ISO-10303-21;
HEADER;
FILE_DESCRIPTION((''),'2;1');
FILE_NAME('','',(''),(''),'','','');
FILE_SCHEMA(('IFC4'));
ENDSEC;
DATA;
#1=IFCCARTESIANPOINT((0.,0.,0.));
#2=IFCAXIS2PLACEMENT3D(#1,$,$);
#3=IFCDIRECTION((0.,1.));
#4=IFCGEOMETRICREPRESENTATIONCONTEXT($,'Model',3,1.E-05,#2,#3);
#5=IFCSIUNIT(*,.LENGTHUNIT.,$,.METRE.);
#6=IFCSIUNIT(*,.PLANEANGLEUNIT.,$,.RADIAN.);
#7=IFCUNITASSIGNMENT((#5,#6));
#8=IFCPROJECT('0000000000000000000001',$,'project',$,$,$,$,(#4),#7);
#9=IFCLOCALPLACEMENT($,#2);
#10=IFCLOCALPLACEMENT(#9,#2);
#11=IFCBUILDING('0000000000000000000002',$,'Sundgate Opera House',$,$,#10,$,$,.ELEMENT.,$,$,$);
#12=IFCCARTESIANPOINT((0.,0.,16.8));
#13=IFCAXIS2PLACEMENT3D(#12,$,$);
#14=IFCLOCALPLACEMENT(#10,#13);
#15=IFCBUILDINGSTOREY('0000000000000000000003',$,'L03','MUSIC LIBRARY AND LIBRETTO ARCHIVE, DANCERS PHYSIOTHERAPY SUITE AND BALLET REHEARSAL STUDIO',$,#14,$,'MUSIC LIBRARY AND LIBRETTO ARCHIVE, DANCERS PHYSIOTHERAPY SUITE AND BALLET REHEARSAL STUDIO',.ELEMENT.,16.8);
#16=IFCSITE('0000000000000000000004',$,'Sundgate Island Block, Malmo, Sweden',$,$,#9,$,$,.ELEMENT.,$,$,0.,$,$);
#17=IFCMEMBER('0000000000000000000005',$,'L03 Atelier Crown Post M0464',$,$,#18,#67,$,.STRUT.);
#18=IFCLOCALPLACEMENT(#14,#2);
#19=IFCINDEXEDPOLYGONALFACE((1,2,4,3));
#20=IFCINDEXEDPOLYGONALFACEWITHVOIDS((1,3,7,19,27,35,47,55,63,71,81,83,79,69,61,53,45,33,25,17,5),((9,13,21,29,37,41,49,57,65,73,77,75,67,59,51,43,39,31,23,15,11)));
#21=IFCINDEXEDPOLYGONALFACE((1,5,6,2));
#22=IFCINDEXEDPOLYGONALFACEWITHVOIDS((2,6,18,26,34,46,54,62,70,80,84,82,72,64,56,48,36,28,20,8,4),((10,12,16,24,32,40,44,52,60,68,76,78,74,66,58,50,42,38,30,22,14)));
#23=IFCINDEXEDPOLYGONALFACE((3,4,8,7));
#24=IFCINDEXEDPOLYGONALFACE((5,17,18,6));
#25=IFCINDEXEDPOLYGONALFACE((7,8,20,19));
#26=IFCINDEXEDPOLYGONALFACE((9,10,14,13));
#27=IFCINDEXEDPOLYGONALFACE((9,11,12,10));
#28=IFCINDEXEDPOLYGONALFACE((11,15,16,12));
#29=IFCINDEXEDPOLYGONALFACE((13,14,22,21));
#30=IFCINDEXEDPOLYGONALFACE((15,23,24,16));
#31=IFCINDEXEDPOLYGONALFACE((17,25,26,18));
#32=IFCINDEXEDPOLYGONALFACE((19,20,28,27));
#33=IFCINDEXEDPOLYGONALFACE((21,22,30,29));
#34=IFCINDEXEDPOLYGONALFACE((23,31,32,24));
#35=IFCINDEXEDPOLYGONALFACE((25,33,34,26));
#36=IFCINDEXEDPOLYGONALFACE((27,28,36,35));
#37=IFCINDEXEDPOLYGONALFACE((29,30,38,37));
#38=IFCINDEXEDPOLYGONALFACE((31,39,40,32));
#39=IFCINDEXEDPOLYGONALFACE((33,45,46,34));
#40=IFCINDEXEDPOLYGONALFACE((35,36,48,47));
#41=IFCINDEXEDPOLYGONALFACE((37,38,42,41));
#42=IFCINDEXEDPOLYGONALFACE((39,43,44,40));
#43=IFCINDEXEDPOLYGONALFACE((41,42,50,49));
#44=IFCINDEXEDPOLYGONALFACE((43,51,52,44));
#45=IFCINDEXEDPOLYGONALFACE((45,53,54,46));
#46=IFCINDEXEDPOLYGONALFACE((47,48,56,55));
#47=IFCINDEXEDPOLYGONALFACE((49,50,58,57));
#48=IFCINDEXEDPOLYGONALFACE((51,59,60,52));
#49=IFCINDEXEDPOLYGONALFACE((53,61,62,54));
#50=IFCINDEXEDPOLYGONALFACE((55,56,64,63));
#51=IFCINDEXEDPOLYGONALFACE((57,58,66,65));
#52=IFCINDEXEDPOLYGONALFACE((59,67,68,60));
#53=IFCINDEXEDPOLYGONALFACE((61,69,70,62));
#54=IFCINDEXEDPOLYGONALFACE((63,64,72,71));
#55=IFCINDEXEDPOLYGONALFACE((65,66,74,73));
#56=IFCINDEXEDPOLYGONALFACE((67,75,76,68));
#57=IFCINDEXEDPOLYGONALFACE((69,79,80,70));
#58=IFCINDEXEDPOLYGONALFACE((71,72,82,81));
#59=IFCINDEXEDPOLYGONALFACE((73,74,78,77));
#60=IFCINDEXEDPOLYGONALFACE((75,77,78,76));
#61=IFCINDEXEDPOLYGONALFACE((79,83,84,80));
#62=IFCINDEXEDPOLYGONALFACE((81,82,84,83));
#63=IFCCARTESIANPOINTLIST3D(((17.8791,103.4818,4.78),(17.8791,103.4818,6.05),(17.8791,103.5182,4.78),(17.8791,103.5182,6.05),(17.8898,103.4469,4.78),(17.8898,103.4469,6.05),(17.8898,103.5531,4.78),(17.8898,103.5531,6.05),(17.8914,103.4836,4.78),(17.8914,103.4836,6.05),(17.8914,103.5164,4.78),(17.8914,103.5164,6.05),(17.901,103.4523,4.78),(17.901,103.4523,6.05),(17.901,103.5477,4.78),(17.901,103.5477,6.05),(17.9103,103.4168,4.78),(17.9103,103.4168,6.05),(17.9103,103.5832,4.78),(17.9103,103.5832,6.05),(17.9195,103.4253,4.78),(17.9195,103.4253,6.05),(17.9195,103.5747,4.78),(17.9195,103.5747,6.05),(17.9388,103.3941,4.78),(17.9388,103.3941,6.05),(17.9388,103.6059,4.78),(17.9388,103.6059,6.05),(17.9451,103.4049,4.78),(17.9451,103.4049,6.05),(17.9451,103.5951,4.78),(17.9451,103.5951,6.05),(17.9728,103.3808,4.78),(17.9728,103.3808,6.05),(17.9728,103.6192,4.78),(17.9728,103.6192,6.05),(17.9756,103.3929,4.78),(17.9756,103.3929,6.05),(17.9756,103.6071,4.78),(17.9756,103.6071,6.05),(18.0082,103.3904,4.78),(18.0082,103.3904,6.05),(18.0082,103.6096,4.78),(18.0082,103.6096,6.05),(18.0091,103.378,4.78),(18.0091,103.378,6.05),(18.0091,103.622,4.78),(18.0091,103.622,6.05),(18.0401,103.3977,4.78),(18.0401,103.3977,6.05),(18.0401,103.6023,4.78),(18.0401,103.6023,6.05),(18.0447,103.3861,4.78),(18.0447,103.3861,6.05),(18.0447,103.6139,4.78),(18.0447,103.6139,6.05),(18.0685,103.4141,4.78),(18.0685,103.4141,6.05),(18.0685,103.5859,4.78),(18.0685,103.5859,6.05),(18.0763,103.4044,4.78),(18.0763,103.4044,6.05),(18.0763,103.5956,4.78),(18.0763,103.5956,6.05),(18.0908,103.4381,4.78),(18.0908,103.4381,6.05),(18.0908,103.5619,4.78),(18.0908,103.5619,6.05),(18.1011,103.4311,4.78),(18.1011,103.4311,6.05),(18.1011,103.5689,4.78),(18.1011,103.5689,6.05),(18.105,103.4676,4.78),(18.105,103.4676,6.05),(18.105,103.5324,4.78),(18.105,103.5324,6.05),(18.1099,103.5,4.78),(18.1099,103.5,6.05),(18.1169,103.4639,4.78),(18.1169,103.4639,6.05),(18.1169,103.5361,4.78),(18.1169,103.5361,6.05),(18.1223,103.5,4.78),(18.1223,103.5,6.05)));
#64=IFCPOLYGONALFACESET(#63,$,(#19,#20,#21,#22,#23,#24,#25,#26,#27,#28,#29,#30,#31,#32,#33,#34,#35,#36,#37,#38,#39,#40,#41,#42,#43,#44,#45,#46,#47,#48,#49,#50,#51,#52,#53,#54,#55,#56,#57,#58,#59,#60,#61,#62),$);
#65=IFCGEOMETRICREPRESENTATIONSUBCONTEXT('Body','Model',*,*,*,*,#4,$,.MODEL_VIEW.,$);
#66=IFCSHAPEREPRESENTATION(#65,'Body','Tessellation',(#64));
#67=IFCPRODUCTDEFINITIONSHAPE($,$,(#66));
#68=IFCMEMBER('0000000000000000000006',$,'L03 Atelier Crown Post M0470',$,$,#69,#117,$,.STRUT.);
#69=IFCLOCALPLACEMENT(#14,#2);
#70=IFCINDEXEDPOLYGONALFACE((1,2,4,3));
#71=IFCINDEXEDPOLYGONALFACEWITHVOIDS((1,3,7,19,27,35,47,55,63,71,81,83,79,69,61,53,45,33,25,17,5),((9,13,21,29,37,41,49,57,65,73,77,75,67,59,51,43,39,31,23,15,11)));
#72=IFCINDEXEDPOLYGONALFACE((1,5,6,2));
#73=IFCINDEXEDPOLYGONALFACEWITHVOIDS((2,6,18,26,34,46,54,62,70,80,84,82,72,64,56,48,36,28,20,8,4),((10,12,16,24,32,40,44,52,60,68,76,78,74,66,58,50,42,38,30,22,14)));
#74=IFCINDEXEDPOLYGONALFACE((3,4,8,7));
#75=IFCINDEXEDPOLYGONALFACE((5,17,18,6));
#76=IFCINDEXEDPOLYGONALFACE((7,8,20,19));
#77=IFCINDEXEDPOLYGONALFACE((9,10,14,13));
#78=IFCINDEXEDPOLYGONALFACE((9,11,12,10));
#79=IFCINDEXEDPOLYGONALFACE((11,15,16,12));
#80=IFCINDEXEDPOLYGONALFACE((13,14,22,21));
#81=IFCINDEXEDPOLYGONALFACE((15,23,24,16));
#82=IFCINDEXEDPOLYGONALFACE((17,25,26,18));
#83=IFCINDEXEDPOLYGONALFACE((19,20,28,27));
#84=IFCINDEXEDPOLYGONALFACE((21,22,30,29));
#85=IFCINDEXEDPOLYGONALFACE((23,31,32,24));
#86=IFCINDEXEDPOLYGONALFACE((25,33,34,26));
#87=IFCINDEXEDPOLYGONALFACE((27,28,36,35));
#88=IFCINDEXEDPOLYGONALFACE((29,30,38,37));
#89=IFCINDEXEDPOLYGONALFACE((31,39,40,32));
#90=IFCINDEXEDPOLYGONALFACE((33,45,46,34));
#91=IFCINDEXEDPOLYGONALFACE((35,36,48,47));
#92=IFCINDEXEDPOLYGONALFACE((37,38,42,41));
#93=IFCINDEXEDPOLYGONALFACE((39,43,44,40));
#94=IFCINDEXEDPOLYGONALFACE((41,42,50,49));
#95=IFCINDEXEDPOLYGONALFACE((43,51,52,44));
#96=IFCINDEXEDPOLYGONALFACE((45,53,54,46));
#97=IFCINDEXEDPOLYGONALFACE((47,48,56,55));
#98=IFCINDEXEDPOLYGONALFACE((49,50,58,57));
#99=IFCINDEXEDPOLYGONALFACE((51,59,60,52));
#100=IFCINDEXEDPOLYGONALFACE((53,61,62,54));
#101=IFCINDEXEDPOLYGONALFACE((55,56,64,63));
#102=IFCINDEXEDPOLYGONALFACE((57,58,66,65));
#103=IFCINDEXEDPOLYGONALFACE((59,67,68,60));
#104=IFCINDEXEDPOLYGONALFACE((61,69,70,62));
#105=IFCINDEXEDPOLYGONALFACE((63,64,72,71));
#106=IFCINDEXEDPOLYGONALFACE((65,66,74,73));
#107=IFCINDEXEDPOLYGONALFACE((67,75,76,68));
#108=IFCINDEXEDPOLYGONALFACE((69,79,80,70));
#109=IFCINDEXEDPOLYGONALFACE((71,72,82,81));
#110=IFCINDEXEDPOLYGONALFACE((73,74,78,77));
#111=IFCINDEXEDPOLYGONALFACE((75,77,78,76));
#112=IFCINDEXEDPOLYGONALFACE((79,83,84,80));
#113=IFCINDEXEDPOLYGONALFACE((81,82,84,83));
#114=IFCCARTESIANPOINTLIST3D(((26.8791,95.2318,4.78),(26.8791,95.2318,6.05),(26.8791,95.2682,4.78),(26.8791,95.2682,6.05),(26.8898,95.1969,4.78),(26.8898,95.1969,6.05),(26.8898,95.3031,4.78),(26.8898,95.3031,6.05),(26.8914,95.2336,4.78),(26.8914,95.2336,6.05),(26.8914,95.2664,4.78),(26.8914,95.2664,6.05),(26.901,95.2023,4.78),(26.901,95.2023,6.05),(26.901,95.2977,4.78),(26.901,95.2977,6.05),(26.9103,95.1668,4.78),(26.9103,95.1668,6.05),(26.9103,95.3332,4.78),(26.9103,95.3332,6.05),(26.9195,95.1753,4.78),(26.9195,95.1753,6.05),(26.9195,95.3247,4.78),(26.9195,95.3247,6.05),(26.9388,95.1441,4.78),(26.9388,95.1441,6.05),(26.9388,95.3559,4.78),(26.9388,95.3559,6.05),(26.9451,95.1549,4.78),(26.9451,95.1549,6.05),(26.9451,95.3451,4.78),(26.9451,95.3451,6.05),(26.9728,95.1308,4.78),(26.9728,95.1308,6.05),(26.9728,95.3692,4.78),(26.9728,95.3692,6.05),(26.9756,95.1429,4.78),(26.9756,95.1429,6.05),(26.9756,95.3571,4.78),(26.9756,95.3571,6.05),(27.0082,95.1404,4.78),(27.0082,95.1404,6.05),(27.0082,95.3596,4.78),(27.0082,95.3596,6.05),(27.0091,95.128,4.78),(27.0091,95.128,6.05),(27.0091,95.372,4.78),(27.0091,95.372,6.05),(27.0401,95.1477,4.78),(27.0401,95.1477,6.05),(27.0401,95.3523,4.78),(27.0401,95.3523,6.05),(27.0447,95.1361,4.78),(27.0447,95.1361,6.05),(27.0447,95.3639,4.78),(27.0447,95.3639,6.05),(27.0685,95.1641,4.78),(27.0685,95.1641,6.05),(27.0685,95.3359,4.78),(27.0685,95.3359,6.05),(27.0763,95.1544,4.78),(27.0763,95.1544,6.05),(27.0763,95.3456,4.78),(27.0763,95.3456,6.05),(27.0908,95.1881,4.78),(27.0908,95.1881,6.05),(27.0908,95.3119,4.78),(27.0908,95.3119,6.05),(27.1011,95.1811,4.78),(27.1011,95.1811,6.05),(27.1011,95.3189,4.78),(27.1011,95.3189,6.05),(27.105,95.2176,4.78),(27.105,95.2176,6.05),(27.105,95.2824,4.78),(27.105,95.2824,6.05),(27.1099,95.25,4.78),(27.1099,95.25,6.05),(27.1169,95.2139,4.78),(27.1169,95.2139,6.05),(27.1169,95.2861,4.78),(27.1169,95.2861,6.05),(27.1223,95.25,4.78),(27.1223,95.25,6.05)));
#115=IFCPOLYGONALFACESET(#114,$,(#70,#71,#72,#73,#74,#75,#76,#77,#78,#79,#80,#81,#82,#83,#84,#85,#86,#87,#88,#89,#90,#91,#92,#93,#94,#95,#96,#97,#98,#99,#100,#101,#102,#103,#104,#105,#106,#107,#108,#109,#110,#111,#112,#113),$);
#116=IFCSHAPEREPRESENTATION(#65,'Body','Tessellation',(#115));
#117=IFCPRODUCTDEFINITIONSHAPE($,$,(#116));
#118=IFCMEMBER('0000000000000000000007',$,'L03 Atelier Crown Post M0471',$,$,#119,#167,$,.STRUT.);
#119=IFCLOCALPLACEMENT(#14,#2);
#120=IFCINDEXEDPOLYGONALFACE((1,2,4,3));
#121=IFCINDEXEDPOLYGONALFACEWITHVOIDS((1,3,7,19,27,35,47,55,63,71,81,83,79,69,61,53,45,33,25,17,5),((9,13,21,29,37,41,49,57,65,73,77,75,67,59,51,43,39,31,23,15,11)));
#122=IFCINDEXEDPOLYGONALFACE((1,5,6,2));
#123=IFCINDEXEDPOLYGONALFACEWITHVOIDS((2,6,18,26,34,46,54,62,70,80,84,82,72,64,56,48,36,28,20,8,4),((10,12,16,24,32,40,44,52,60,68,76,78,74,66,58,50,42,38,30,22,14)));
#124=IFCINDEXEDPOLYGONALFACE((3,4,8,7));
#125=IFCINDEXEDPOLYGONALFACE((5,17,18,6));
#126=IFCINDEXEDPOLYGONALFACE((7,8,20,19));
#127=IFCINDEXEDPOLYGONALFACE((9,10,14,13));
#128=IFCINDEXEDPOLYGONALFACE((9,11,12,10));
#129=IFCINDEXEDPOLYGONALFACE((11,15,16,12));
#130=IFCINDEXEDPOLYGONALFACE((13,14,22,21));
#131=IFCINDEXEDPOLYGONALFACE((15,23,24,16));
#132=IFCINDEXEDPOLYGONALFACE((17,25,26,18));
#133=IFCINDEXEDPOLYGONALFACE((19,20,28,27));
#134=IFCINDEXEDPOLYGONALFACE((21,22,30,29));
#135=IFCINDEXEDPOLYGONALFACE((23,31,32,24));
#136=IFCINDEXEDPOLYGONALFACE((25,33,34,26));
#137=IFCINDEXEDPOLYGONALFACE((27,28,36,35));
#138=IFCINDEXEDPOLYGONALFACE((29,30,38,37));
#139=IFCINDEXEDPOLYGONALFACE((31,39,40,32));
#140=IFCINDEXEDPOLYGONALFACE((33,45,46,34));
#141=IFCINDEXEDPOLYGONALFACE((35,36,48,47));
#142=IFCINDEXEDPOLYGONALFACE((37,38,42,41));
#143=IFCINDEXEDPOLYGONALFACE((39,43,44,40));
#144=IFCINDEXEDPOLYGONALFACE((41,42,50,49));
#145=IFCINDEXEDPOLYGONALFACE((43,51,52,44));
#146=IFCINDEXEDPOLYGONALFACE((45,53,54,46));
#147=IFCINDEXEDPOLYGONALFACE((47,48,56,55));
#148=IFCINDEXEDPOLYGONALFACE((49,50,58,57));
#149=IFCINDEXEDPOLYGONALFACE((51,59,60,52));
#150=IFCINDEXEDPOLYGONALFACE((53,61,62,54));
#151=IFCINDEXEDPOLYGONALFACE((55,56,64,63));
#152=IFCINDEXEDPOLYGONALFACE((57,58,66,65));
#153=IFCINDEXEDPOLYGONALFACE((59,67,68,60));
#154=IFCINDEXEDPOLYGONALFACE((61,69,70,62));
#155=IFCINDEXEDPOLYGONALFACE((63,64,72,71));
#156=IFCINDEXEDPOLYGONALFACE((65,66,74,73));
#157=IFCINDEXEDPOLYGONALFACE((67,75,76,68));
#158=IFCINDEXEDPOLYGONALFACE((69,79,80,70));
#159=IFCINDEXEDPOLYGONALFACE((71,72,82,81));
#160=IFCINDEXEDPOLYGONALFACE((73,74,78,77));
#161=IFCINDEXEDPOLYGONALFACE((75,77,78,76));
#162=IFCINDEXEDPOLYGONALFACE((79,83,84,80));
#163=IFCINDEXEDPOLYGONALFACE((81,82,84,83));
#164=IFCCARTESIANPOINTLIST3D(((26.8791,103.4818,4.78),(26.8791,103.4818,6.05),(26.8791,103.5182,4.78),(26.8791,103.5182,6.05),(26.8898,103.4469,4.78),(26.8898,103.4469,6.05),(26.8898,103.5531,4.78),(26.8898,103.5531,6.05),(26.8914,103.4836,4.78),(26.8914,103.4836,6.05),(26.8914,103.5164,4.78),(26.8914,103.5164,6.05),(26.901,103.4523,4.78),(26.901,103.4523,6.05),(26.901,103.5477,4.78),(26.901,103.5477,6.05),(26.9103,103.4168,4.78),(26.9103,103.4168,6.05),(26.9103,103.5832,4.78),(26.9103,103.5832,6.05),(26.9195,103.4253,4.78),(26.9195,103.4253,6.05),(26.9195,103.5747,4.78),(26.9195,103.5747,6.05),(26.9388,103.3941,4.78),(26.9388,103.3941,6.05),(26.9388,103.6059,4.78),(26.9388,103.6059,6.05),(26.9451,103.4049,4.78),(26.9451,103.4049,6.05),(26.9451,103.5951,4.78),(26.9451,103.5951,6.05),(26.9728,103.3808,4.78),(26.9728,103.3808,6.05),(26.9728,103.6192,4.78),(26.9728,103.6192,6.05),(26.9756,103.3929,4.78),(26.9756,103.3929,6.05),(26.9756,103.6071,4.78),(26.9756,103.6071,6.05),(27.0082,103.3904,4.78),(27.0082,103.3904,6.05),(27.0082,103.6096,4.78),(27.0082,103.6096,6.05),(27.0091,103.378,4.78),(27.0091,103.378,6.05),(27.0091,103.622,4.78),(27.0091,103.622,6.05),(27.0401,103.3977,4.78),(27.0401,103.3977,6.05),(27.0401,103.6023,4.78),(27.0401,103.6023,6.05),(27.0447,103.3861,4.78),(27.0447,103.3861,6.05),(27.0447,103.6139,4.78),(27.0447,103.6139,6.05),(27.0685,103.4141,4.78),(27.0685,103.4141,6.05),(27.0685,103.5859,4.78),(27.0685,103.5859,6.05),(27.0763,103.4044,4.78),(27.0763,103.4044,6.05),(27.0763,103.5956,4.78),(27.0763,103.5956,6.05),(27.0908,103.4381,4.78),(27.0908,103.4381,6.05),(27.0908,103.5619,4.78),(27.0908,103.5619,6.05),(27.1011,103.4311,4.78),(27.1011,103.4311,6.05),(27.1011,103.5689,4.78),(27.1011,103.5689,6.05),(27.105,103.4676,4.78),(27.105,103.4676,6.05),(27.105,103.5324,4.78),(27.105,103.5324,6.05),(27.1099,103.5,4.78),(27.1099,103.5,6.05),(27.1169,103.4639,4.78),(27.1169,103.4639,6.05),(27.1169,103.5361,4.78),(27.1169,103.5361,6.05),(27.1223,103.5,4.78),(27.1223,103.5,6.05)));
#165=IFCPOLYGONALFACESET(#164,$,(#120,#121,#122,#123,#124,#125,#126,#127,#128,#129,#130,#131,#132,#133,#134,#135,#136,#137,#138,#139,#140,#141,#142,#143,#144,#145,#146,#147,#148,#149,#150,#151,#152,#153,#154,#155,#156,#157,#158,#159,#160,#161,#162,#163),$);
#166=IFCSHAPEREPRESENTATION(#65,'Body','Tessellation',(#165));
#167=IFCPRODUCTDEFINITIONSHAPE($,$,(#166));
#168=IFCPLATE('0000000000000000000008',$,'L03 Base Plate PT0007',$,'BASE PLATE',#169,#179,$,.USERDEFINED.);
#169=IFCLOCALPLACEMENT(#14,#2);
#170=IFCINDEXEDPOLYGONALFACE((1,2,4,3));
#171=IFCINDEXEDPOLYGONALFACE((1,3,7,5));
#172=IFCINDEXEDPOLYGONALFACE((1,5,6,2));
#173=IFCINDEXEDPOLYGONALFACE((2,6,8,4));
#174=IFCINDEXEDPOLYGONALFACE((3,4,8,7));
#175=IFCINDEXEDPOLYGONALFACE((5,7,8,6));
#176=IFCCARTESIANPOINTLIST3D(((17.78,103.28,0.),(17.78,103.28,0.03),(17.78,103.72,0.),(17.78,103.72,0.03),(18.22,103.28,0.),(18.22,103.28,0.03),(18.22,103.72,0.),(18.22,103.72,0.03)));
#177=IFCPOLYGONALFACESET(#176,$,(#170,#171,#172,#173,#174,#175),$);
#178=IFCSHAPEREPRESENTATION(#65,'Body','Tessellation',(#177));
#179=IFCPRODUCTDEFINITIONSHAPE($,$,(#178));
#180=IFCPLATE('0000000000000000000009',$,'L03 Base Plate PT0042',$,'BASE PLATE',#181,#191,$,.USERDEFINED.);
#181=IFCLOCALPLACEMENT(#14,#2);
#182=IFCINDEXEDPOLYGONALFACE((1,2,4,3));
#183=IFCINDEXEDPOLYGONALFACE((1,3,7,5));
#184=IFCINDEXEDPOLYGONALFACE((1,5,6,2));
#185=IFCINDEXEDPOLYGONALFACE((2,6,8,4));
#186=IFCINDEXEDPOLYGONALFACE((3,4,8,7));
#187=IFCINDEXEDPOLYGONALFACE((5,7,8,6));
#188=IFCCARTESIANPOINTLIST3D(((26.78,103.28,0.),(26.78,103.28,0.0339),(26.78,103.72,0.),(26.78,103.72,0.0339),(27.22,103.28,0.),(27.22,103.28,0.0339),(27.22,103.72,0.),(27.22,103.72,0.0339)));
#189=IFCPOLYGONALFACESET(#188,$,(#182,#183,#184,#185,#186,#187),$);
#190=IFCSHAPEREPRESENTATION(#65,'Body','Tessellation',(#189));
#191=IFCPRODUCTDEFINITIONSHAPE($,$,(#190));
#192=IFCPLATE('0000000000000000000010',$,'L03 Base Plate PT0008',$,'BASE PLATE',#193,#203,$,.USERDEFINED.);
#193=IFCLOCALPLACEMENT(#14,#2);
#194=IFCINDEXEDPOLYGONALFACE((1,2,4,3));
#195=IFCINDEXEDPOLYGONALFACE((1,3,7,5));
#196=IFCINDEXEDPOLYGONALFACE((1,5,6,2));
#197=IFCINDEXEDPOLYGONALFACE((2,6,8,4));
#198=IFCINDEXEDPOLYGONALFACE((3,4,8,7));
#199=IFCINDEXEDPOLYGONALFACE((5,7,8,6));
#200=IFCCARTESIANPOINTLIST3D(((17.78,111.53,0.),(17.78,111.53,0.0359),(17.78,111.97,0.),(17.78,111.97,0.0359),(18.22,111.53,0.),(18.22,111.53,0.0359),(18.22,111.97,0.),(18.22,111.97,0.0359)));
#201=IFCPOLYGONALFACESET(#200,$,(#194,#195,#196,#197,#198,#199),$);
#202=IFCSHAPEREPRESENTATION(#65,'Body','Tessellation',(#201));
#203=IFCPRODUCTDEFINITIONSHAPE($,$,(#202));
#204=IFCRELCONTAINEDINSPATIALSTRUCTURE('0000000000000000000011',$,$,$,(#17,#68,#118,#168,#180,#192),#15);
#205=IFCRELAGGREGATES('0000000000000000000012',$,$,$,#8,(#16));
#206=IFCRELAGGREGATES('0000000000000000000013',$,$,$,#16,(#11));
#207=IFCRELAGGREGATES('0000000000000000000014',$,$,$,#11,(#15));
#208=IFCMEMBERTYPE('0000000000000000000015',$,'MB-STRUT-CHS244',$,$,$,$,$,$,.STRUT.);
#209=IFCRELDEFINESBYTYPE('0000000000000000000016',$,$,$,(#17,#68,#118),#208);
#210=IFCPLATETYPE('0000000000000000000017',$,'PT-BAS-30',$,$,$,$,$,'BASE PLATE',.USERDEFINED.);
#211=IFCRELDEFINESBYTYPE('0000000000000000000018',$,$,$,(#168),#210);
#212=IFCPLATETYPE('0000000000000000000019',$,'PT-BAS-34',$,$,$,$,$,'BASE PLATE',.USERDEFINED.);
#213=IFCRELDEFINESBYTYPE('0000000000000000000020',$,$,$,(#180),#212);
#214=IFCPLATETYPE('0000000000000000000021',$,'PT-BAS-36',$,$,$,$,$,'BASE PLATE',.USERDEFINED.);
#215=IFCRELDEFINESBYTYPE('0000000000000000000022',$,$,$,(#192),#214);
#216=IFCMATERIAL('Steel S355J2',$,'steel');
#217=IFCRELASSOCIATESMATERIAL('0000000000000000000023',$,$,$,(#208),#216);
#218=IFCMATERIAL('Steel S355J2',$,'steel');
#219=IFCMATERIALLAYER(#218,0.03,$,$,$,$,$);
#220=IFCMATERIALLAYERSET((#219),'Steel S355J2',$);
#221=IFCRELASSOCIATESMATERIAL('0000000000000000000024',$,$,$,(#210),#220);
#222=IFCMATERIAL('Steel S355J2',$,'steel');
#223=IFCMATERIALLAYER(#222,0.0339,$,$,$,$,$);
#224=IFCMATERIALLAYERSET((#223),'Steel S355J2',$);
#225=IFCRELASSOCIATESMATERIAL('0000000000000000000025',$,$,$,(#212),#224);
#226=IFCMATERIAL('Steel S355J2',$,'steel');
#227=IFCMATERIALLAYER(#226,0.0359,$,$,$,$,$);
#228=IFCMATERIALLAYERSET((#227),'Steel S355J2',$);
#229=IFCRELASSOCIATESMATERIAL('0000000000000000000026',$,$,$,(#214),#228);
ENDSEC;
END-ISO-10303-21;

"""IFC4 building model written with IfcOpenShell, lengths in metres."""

from ifc_helpers import new_model, si_unit, direction, frame, origin, origin_2d, place, context, subcontext, project, spatial, rectangle, hollow_circle, extrude, material, layer, layer_set, material_profile, profile_set, type_object, element, save


model = new_model("IFC4")

# Units and contexts
model_context = context("Model", 3, precision=1e-05, world=origin(), true_north=direction((0.0, 1.0)))
body_context = subcontext(model_context, "Body", "Model", "MODEL_VIEW")
ifc_project = project(units=[si_unit("LENGTHUNIT", "METRE"), si_unit("PLANEANGLEUNIT", "RADIAN")], contexts=[model_context])

# Site, building, storey
site_placement = place(None, origin())
site = spatial("IfcSite", under=ifc_project, at=site_placement, Name="Sundgate Island Block, Malmo, Sweden", CompositionType="ELEMENT", RefElevation=0.0)
building_placement = place(site_placement, origin())
building = spatial("IfcBuilding", under=site, at=building_placement, Name="Sundgate Opera House", CompositionType="ELEMENT")
storey_placement = place(building_placement, frame((0.0, 0.0, 16.8)))
storey = spatial("IfcBuildingStorey", under=building, at=storey_placement, Name="L03", Description="MUSIC LIBRARY AND LIBRETTO ARCHIVE, DANCERS PHYSIOTHERAPY SUITE AND BALLET REHEARSAL STUDIO", LongName="MUSIC LIBRARY AND LIBRETTO ARCHIVE, DANCERS PHYSIOTHERAPY SUITE AND BALLET REHEARSAL STUDIO", CompositionType="ELEMENT", Elevation=16.8)

# Members
ifc_material_1 = material(Name="Steel S355J2", Category="steel")
ifc_material_profile_1 = material_profile(ifc_material_1, hollow_circle(Radius=0.1223, WallThickness=0.0125, at=origin_2d()), Name="CHS 244.5x12.5")
ifc_profile_set_1 = profile_set([ifc_material_profile_1], Name="Steel S355J2")
member_type_1 = type_object("IfcMemberType", Name="MB-STRUT-CHS244", PredefinedType="STRUT", material=ifc_profile_set_1)
for number, where, z_axis, x_axis, name in (
    (1, (18.0, 103.5, 4.78), (0.0, 0.0, 1.0), (1.0, 0.0, 0.0), "L03 Atelier Crown Post M0464"),
    (2, (27.0, 95.25, 4.78), (0.0, 0.0, 1.0), (1.0, 0.0, 0.0), "L03 Atelier Crown Post M0470"),
    (3, (27.0, 103.5, 4.78), (0.0, 0.0, 1.0), (1.0, 0.0, 0.0), "L03 Atelier Crown Post M0471"),
):
    element("IfcMember", number, at=place(storey_placement, frame(where, z_axis=z_axis, x_axis=x_axis)), inside=storey, type_object=member_type_1, Name=name, PredefinedType="STRUT", context=body_context, shape_type="SweptSolid", body=[
        extrude(hollow_circle(Radius=0.1223, WallThickness=0.0125, at=origin_2d()), origin(), (0.0, 0.0, 1.0), 1.27),
    ])

# Plates
ifc_material_2 = material(Name="Steel S355J2", Category="steel")
ifc_layer_1 = layer(ifc_material_2, 0.03)
ifc_layer_set_1 = layer_set([ifc_layer_1], Name="Steel S355J2")
plate_type_1 = type_object("IfcPlateType", Name="PT-BAS-30", ElementType="BASE PLATE", PredefinedType="USERDEFINED", material=ifc_layer_set_1)
plate_1_placement = place(storey_placement, frame((18.0, 103.5, 0.0), z_axis=(0.0, 0.0, 1.0), x_axis=(1.0, 0.0, 0.0)))
element("IfcPlate", 4, at=plate_1_placement, inside=storey, type_object=plate_type_1, Name="L03 Base Plate PT0007", ObjectType="BASE PLATE", PredefinedType="USERDEFINED", context=body_context, shape_type="SweptSolid", body=[
    extrude(rectangle(XDim=0.4399, YDim=0.4399, at=origin_2d()), origin(), (0.0, 0.0, 1.0), 0.03),
])
ifc_material_3 = material(Name="Steel S355J2", Category="steel")
ifc_layer_2 = layer(ifc_material_3, 0.0339)
ifc_layer_set_2 = layer_set([ifc_layer_2], Name="Steel S355J2")
plate_type_2 = type_object("IfcPlateType", Name="PT-BAS-34", ElementType="BASE PLATE", PredefinedType="USERDEFINED", material=ifc_layer_set_2)
plate_2_placement = place(storey_placement, frame((27.0, 103.5, 0.0), z_axis=(0.0, 0.0, 1.0), x_axis=(1.0, 0.0, 0.0)))
element("IfcPlate", 5, at=plate_2_placement, inside=storey, type_object=plate_type_2, Name="L03 Base Plate PT0042", ObjectType="BASE PLATE", PredefinedType="USERDEFINED", context=body_context, shape_type="SweptSolid", body=[
    extrude(rectangle(XDim=0.4399, YDim=0.4399, at=origin_2d()), origin(), (0.0, 0.0, 1.0), 0.0339),
])
ifc_material_4 = material(Name="Steel S355J2", Category="steel")
ifc_layer_3 = layer(ifc_material_4, 0.0359)
ifc_layer_set_3 = layer_set([ifc_layer_3], Name="Steel S355J2")
plate_type_3 = type_object("IfcPlateType", Name="PT-BAS-36", ElementType="BASE PLATE", PredefinedType="USERDEFINED", material=ifc_layer_set_3)
plate_3_placement = place(storey_placement, frame((18.0, 111.75, 0.0), z_axis=(0.0, 0.0, 1.0), x_axis=(1.0, 0.0, 0.0)))
element("IfcPlate", 6, at=plate_3_placement, inside=storey, type_object=plate_type_3, Name="L03 Base Plate PT0008", ObjectType="BASE PLATE", PredefinedType="USERDEFINED", context=body_context, shape_type="SweptSolid", body=[
    extrude(rectangle(XDim=0.4399, YDim=0.4399, at=origin_2d()), origin(), (0.0, 0.0, 1.0), 0.0359),
])

save(model, "model.ifc")
